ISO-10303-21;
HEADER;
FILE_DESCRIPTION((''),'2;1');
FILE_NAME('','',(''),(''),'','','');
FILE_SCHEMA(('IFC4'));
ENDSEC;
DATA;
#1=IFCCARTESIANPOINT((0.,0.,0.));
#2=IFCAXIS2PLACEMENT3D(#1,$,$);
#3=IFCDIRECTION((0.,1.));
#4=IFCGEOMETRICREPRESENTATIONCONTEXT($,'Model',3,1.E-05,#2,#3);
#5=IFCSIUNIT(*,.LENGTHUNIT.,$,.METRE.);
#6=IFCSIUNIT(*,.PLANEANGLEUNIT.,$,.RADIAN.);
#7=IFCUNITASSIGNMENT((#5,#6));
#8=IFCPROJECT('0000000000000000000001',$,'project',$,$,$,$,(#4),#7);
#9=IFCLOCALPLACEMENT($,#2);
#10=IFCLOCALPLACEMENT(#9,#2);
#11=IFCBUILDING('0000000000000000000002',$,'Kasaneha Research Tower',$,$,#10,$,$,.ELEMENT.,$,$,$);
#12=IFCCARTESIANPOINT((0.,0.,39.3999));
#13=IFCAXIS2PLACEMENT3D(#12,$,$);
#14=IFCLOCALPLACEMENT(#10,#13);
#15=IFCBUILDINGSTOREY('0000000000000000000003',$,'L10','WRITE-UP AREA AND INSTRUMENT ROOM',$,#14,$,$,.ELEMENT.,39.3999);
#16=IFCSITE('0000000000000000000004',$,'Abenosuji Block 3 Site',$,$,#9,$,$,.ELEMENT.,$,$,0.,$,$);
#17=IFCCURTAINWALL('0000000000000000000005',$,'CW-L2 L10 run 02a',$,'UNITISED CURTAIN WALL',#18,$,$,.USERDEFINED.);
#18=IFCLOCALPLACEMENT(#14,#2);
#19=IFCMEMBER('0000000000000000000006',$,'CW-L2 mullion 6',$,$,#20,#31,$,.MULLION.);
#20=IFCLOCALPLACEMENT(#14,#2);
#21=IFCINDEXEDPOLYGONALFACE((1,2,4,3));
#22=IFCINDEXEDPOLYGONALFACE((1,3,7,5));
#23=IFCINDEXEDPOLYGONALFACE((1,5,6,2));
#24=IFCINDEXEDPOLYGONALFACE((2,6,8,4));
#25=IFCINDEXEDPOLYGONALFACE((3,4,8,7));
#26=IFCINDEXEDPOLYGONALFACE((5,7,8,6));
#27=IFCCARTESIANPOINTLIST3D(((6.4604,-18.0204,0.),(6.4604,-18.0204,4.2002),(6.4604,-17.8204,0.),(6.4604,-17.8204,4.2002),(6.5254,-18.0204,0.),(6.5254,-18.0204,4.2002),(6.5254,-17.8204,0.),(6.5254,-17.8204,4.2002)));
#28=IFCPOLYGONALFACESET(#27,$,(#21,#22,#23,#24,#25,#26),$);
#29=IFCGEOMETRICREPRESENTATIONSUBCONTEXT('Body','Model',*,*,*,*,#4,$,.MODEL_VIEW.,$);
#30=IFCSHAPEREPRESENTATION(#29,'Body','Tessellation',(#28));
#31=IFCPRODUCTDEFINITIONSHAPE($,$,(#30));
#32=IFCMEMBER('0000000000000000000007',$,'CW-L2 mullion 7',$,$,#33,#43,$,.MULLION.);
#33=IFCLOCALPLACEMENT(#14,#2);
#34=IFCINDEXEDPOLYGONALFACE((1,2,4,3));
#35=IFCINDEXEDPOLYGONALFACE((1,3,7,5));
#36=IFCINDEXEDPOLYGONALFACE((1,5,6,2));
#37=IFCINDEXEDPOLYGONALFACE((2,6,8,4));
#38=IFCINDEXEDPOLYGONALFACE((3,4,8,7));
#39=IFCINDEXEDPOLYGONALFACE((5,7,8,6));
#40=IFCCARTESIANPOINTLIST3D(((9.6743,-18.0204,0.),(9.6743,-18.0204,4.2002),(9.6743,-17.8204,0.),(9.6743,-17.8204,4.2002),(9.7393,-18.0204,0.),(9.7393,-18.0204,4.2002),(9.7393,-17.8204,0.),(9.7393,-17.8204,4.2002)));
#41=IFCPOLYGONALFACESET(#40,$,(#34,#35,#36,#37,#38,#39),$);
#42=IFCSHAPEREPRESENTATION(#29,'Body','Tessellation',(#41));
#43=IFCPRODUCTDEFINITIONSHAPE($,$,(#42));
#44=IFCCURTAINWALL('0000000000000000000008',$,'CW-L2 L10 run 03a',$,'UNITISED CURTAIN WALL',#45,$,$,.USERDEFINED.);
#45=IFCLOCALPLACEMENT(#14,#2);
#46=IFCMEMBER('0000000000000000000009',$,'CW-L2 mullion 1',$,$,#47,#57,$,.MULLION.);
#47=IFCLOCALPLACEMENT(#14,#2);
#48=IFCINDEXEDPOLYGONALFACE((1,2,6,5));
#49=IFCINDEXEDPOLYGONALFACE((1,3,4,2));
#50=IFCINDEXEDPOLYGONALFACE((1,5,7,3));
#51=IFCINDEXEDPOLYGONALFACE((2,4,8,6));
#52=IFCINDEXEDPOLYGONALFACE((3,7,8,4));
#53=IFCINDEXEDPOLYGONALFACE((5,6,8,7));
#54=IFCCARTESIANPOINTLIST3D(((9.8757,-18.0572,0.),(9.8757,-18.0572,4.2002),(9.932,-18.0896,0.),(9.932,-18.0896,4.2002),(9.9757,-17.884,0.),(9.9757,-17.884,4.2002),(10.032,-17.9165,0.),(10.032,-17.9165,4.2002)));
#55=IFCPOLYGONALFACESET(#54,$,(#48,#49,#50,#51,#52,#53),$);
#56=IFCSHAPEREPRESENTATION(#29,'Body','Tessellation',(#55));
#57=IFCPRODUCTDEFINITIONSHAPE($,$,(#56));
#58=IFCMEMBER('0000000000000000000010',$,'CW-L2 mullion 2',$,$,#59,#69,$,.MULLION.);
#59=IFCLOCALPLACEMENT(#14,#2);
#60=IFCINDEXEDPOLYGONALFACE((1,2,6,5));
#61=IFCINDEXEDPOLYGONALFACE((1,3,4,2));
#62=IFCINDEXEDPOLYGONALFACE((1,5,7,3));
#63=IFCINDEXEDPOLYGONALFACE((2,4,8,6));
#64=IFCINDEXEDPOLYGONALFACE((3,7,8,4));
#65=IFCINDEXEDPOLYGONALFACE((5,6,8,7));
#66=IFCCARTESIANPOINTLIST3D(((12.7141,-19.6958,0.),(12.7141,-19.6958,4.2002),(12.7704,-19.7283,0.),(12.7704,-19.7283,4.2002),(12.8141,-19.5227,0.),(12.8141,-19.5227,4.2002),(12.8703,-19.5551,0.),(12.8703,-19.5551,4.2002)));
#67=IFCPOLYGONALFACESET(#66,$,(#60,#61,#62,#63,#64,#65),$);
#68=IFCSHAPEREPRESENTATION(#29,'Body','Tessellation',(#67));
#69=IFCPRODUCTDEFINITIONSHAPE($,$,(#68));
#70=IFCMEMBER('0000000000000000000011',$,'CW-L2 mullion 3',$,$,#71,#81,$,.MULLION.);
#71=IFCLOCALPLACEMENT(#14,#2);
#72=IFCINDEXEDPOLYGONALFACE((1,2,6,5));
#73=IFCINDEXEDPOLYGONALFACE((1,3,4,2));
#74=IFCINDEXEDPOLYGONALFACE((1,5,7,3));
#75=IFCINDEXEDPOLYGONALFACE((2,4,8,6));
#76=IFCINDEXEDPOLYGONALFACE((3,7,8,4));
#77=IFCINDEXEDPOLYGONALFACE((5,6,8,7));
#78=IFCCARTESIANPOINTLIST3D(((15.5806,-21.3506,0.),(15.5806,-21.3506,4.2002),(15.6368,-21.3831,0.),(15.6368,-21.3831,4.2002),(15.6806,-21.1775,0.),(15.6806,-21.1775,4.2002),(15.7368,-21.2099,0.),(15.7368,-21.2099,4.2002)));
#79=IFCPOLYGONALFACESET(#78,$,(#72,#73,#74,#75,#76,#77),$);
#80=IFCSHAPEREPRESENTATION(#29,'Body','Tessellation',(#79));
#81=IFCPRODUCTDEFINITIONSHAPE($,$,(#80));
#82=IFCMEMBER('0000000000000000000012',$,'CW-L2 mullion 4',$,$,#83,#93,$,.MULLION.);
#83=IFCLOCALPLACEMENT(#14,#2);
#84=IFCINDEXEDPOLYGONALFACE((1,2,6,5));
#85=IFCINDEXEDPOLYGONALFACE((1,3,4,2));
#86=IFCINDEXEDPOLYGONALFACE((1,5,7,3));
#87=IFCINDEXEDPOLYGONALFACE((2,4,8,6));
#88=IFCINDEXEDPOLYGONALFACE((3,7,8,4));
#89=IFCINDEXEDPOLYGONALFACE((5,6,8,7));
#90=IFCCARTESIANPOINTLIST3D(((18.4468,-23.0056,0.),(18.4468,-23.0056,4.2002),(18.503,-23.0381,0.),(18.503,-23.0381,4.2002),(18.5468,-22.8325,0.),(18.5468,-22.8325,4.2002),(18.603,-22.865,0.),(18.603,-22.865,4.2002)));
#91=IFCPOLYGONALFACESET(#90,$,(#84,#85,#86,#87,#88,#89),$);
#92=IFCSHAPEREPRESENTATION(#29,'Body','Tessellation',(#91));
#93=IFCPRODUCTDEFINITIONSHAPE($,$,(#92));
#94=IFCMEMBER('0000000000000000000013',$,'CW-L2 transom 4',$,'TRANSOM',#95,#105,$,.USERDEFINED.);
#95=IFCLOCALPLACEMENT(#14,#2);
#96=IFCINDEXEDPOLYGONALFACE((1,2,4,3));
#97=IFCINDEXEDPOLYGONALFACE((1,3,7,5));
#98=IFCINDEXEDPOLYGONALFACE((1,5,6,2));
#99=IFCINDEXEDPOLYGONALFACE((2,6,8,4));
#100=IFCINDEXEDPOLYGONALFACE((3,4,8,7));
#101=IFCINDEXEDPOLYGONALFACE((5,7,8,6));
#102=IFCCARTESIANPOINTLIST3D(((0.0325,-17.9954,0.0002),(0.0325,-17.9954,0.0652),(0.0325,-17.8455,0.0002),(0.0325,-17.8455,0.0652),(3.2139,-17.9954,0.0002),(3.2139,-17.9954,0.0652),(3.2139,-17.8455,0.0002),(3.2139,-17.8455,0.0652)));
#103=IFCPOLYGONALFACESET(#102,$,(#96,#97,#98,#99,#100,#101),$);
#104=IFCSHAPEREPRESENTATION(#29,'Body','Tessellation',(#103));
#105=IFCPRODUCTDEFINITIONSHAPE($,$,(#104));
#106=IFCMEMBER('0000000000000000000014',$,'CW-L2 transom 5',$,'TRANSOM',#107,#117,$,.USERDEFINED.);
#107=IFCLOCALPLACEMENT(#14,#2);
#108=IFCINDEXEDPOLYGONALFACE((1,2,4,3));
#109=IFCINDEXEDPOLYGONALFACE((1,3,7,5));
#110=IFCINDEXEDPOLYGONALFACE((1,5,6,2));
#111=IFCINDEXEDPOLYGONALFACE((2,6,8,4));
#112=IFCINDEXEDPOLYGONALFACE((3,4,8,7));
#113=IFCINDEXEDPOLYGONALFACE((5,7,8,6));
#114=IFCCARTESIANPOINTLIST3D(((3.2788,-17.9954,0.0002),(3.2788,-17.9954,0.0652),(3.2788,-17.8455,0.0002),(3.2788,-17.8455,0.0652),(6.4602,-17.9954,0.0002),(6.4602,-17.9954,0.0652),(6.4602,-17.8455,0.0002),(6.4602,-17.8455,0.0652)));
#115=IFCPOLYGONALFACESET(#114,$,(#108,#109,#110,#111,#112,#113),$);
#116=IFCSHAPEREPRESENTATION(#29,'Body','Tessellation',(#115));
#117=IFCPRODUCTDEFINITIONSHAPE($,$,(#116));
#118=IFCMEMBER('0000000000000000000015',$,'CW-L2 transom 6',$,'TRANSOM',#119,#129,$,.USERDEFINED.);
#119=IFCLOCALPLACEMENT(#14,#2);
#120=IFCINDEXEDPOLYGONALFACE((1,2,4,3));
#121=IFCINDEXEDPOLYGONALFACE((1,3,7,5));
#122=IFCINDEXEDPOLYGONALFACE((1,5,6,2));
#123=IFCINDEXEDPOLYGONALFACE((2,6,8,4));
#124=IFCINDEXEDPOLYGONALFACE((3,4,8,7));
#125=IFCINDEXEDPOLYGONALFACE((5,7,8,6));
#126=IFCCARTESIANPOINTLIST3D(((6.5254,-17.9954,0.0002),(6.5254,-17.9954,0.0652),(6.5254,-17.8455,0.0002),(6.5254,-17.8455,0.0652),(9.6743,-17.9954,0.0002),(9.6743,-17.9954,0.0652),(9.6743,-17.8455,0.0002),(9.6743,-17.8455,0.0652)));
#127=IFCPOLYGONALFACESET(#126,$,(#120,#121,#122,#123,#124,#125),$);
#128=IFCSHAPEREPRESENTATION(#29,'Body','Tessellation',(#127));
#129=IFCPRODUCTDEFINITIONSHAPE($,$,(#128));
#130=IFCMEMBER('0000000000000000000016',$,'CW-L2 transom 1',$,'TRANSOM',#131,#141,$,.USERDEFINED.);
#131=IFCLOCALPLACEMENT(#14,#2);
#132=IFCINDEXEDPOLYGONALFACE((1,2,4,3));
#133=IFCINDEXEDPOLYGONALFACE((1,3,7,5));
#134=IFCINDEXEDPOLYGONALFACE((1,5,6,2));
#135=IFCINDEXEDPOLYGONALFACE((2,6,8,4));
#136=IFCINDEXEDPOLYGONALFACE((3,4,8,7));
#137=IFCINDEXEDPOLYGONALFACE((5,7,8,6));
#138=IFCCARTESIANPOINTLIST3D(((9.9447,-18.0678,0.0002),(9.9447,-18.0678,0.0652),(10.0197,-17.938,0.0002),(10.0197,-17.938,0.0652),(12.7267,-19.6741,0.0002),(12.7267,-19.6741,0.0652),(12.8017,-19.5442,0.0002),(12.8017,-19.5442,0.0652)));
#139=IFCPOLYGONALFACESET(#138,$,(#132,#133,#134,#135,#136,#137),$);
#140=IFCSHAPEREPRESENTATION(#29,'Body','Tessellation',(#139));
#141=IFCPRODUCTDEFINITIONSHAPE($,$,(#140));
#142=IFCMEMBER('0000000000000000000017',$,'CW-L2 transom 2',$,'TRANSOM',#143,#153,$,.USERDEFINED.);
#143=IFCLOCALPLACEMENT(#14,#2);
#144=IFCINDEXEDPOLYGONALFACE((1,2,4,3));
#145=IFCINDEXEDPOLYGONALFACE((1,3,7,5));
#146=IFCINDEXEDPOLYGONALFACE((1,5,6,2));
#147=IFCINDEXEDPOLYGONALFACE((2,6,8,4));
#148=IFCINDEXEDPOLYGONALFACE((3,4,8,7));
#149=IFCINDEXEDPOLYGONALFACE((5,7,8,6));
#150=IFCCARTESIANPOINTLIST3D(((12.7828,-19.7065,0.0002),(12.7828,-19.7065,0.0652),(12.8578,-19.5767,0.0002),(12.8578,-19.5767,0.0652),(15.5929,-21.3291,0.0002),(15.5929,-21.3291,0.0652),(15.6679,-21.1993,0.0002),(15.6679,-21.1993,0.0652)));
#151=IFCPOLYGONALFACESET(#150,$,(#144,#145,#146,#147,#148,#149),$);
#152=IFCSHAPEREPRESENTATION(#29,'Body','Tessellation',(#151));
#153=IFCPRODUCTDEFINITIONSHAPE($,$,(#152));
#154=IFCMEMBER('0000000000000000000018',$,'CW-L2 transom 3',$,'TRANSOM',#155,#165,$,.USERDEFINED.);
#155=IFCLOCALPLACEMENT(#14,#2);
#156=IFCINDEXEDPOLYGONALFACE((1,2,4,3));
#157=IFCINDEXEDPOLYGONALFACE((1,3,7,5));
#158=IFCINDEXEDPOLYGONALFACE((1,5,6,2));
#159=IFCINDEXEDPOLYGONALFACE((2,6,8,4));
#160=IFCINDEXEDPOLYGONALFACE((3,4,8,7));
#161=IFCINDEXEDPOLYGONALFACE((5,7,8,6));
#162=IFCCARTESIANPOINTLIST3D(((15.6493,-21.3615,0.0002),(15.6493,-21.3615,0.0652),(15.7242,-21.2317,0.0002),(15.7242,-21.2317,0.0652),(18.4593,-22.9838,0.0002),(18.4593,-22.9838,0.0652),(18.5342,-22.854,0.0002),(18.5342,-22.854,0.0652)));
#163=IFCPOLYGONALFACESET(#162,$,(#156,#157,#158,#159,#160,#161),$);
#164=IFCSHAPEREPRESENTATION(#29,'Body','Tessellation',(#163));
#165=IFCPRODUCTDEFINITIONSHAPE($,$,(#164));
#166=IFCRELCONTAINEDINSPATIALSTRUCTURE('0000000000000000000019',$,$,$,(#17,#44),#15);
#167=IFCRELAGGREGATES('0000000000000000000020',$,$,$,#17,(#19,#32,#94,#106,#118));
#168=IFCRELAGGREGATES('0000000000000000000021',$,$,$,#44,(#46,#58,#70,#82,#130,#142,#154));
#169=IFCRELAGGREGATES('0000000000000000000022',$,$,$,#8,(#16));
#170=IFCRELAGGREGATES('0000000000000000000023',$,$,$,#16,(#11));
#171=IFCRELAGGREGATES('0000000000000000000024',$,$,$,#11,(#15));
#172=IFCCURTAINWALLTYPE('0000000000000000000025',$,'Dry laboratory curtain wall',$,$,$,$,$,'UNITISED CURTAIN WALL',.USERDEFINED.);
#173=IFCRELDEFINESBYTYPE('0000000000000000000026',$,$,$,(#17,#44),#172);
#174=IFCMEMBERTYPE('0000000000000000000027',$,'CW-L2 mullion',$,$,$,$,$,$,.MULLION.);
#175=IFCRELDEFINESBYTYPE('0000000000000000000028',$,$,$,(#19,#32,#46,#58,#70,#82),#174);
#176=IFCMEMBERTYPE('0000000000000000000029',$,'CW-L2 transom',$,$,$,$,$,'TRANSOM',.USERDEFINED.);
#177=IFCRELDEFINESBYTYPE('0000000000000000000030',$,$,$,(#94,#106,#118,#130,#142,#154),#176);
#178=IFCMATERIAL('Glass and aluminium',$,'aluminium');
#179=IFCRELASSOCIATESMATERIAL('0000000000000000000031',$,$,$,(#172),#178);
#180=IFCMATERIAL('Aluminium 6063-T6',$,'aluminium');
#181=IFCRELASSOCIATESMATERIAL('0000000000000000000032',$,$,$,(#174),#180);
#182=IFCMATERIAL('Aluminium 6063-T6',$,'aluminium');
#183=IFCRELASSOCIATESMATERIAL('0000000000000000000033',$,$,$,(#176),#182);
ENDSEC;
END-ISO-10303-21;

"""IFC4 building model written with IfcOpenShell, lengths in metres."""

from ifc_helpers import new_model, si_unit, direction, frame, origin, origin_2d, place, context, subcontext, project, spatial, rectangle, extrude, material, material_profile, profile_set, type_object, element, aggregate, save


model = new_model("IFC4")

# Units and contexts
model_context = context("Model", 3, precision=1e-05, world=origin(), true_north=direction((0.0, 1.0)))
body_context = subcontext(model_context, "Body", "Model", "MODEL_VIEW")
ifc_project = project(units=[si_unit("LENGTHUNIT", "METRE"), si_unit("PLANEANGLEUNIT", "RADIAN")], contexts=[model_context])

# Site, building, storey
site_placement = place(None, origin())
site = spatial("IfcSite", under=ifc_project, at=site_placement, Name="Abenosuji Block 3 Site", CompositionType="ELEMENT", RefElevation=0.0)
building_placement = place(site_placement, origin())
building = spatial("IfcBuilding", under=site, at=building_placement, Name="Kasaneha Research Tower", CompositionType="ELEMENT")
storey_placement = place(building_placement, frame((0.0, 0.0, 39.3999)))
storey = spatial("IfcBuildingStorey", under=building, at=storey_placement, Name="L10", Description="WRITE-UP AREA AND INSTRUMENT ROOM", CompositionType="ELEMENT", Elevation=39.3999)

# Curtain walls, members
ifc_material_1 = material(Name="Glass and aluminium", Category="aluminium")
curtain_wall_type = type_object("IfcCurtainWallType", Name="Dry laboratory curtain wall", ElementType="UNITISED CURTAIN WALL", PredefinedType="USERDEFINED", material=ifc_material_1)
curtain_wall_1_placement = place(storey_placement, origin())
curtain_wall_1 = element("IfcCurtainWall", 1, at=curtain_wall_1_placement, inside=storey, type_object=curtain_wall_type, Name="CW-L2 L10 run 02a", ObjectType="UNITISED CURTAIN WALL", PredefinedType="USERDEFINED")
ifc_material_2 = material(Name="Aluminium 6063-T6", Category="aluminium")
ifc_material_profile_1 = material_profile(ifc_material_2, rectangle(XDim=0.0649, YDim=0.2, at=origin_2d()), Name="CW-L2 mullion 65x200")
ifc_profile_set_1 = profile_set([ifc_material_profile_1], Name="Aluminium 6063-T6")
member_type_1 = type_object("IfcMemberType", Name="CW-L2 mullion", PredefinedType="MULLION", material=ifc_profile_set_1)
member_1_placement = place(storey_placement, frame((6.4929, -17.9204, 0.0), z_axis=(0.0, 0.0, 1.0), x_axis=(1.0, 0.0, 0.0)))
member_1 = element("IfcMember", 2, at=member_1_placement, type_object=member_type_1, Name="CW-L2 mullion 6", PredefinedType="MULLION", context=body_context, shape_type="SweptSolid", body=[
    extrude(rectangle(XDim=0.0649, YDim=0.2, at=origin_2d()), origin(), (0.0, 0.0, 1.0), 4.2002),
])
member_2_placement = place(storey_placement, frame((9.7068, -17.9204, 0.0), z_axis=(0.0, 0.0, 1.0), x_axis=(1.0, 0.0, 0.0)))
member_2 = element("IfcMember", 3, at=member_2_placement, type_object=member_type_1, Name="CW-L2 mullion 7", PredefinedType="MULLION", context=body_context, shape_type="SweptSolid", body=[
    extrude(rectangle(XDim=0.0649, YDim=0.2, at=origin_2d()), origin(), (0.0, 0.0, 1.0), 4.2002),
])
curtain_wall_2_placement = place(storey_placement, origin())
curtain_wall_2 = element("IfcCurtainWall", 4, at=curtain_wall_2_placement, inside=storey, type_object=curtain_wall_type, Name="CW-L2 L10 run 03a", ObjectType="UNITISED CURTAIN WALL", PredefinedType="USERDEFINED")
member_3_placement = place(storey_placement, frame((9.9539, -17.9868, 0.0), z_axis=(0.0, 0.0, 1.0), x_axis=(0.866025, -0.5, 0.0)))
member_3 = element("IfcMember", 5, at=member_3_placement, type_object=member_type_1, Name="CW-L2 mullion 1", PredefinedType="MULLION", context=body_context, shape_type="SweptSolid", body=[
    extrude(rectangle(XDim=0.0649, YDim=0.2, at=origin_2d()), origin(), (0.0, 0.0, 1.0), 4.2002),
])
member_4_placement = place(storey_placement, frame((12.7922, -19.6255, 0.0), z_axis=(0.0, 0.0, 1.0), x_axis=(0.866025, -0.5, 0.0)))
member_4 = element("IfcMember", 6, at=member_4_placement, type_object=member_type_1, Name="CW-L2 mullion 2", PredefinedType="MULLION", context=body_context, shape_type="SweptSolid", body=[
    extrude(rectangle(XDim=0.0649, YDim=0.2, at=origin_2d()), origin(), (0.0, 0.0, 1.0), 4.2002),
])
member_5_placement = place(storey_placement, frame((15.6587, -21.2803, 0.0), z_axis=(0.0, 0.0, 1.0), x_axis=(0.866025, -0.5, 0.0)))
member_5 = element("IfcMember", 7, at=member_5_placement, type_object=member_type_1, Name="CW-L2 mullion 3", PredefinedType="MULLION", context=body_context, shape_type="SweptSolid", body=[
    extrude(rectangle(XDim=0.0649, YDim=0.2, at=origin_2d()), origin(), (0.0, 0.0, 1.0), 4.2002),
])
member_6_placement = place(storey_placement, frame((18.5249, -22.9353, 0.0), z_axis=(0.0, 0.0, 1.0), x_axis=(0.866025, -0.5, 0.0)))
member_6 = element("IfcMember", 8, at=member_6_placement, type_object=member_type_1, Name="CW-L2 mullion 4", PredefinedType="MULLION", context=body_context, shape_type="SweptSolid", body=[
    extrude(rectangle(XDim=0.0649, YDim=0.2, at=origin_2d()), origin(), (0.0, 0.0, 1.0), 4.2002),
])

# Members
ifc_material_3 = material(Name="Aluminium 6063-T6", Category="aluminium")
ifc_material_profile_2 = material_profile(ifc_material_3, rectangle(XDim=0.1499, YDim=0.0649, at=origin_2d()), Name="CW-L2 transom 150x65")
ifc_profile_set_2 = profile_set([ifc_material_profile_2], Name="Aluminium 6063-T6")
member_type_2 = type_object("IfcMemberType", Name="CW-L2 transom", ElementType="TRANSOM", PredefinedType="USERDEFINED", material=ifc_profile_set_2)
member_7_placement = place(storey_placement, frame((0.0325, -17.9204, 0.0327), z_axis=(1.0, 0.0, 0.0), x_axis=(0.0, 1.0, 0.0)))
member_7 = element("IfcMember", 9, at=member_7_placement, type_object=member_type_2, Name="CW-L2 transom 4", ObjectType="TRANSOM", PredefinedType="USERDEFINED", context=body_context, shape_type="SweptSolid", body=[
    extrude(rectangle(XDim=0.1499, YDim=0.0649, at=origin_2d()), origin(), (0.0, 0.0, 1.0), 3.1814),
])
member_8_placement = place(storey_placement, frame((3.2788, -17.9204, 0.0327), z_axis=(1.0, 0.0, 0.0), x_axis=(0.0, 1.0, 0.0)))
member_8 = element("IfcMember", 10, at=member_8_placement, type_object=member_type_2, Name="CW-L2 transom 5", ObjectType="TRANSOM", PredefinedType="USERDEFINED", context=body_context, shape_type="SweptSolid", body=[
    extrude(rectangle(XDim=0.1499, YDim=0.0649, at=origin_2d()), origin(), (0.0, 0.0, 1.0), 3.1814),
])
member_9_placement = place(storey_placement, frame((6.5254, -17.9204, 0.0327), z_axis=(1.0, 0.0, 0.0), x_axis=(0.0, 1.0, 0.0)))
member_9 = element("IfcMember", 11, at=member_9_placement, type_object=member_type_2, Name="CW-L2 transom 6", ObjectType="TRANSOM", PredefinedType="USERDEFINED", context=body_context, shape_type="SweptSolid", body=[
    extrude(rectangle(XDim=0.1499, YDim=0.0649, at=origin_2d()), origin(), (0.0, 0.0, 1.0), 3.1489),
])
member_10_placement = place(storey_placement, frame((9.9822, -18.0029, 0.0327), z_axis=(0.866022, -0.500005, 0.0), x_axis=(0.500005, 0.866022, 0.0)))
member_10 = element("IfcMember", 12, at=member_10_placement, type_object=member_type_2, Name="CW-L2 transom 1", ObjectType="TRANSOM", PredefinedType="USERDEFINED", context=body_context, shape_type="SweptSolid", body=[
    extrude(rectangle(XDim=0.1499, YDim=0.0649, at=origin_2d()), origin(), (0.0, 0.0, 1.0), 3.2124),
])
member_11_placement = place(storey_placement, frame((12.8203, -19.6416, 0.0327), z_axis=(0.866003, -0.500039, 0.0), x_axis=(0.500039, 0.866003, 0.0)))
member_11 = element("IfcMember", 13, at=member_11_placement, type_object=member_type_2, Name="CW-L2 transom 2", ObjectType="TRANSOM", PredefinedType="USERDEFINED", context=body_context, shape_type="SweptSolid", body=[
    extrude(rectangle(XDim=0.1499, YDim=0.0649, at=origin_2d()), origin(), (0.0, 0.0, 1.0), 3.2449),
])
member_12_placement = place(storey_placement, frame((15.6868, -21.2966, 0.0327), z_axis=(0.866035, -0.499983, 0.0), x_axis=(0.499983, 0.866035, 0.0)))
member_12 = element("IfcMember", 14, at=member_12_placement, type_object=member_type_2, Name="CW-L2 transom 3", ObjectType="TRANSOM", PredefinedType="USERDEFINED", context=body_context, shape_type="SweptSolid", body=[
    extrude(rectangle(XDim=0.1499, YDim=0.0649, at=origin_2d()), origin(), (0.0, 0.0, 1.0), 3.2446),
])

aggregate(curtain_wall_1, [member_1, member_2, member_7, member_8, member_9])
aggregate(curtain_wall_2, [member_3, member_4, member_5, member_6, member_10, member_11, member_12])

save(model, "model.ifc")
